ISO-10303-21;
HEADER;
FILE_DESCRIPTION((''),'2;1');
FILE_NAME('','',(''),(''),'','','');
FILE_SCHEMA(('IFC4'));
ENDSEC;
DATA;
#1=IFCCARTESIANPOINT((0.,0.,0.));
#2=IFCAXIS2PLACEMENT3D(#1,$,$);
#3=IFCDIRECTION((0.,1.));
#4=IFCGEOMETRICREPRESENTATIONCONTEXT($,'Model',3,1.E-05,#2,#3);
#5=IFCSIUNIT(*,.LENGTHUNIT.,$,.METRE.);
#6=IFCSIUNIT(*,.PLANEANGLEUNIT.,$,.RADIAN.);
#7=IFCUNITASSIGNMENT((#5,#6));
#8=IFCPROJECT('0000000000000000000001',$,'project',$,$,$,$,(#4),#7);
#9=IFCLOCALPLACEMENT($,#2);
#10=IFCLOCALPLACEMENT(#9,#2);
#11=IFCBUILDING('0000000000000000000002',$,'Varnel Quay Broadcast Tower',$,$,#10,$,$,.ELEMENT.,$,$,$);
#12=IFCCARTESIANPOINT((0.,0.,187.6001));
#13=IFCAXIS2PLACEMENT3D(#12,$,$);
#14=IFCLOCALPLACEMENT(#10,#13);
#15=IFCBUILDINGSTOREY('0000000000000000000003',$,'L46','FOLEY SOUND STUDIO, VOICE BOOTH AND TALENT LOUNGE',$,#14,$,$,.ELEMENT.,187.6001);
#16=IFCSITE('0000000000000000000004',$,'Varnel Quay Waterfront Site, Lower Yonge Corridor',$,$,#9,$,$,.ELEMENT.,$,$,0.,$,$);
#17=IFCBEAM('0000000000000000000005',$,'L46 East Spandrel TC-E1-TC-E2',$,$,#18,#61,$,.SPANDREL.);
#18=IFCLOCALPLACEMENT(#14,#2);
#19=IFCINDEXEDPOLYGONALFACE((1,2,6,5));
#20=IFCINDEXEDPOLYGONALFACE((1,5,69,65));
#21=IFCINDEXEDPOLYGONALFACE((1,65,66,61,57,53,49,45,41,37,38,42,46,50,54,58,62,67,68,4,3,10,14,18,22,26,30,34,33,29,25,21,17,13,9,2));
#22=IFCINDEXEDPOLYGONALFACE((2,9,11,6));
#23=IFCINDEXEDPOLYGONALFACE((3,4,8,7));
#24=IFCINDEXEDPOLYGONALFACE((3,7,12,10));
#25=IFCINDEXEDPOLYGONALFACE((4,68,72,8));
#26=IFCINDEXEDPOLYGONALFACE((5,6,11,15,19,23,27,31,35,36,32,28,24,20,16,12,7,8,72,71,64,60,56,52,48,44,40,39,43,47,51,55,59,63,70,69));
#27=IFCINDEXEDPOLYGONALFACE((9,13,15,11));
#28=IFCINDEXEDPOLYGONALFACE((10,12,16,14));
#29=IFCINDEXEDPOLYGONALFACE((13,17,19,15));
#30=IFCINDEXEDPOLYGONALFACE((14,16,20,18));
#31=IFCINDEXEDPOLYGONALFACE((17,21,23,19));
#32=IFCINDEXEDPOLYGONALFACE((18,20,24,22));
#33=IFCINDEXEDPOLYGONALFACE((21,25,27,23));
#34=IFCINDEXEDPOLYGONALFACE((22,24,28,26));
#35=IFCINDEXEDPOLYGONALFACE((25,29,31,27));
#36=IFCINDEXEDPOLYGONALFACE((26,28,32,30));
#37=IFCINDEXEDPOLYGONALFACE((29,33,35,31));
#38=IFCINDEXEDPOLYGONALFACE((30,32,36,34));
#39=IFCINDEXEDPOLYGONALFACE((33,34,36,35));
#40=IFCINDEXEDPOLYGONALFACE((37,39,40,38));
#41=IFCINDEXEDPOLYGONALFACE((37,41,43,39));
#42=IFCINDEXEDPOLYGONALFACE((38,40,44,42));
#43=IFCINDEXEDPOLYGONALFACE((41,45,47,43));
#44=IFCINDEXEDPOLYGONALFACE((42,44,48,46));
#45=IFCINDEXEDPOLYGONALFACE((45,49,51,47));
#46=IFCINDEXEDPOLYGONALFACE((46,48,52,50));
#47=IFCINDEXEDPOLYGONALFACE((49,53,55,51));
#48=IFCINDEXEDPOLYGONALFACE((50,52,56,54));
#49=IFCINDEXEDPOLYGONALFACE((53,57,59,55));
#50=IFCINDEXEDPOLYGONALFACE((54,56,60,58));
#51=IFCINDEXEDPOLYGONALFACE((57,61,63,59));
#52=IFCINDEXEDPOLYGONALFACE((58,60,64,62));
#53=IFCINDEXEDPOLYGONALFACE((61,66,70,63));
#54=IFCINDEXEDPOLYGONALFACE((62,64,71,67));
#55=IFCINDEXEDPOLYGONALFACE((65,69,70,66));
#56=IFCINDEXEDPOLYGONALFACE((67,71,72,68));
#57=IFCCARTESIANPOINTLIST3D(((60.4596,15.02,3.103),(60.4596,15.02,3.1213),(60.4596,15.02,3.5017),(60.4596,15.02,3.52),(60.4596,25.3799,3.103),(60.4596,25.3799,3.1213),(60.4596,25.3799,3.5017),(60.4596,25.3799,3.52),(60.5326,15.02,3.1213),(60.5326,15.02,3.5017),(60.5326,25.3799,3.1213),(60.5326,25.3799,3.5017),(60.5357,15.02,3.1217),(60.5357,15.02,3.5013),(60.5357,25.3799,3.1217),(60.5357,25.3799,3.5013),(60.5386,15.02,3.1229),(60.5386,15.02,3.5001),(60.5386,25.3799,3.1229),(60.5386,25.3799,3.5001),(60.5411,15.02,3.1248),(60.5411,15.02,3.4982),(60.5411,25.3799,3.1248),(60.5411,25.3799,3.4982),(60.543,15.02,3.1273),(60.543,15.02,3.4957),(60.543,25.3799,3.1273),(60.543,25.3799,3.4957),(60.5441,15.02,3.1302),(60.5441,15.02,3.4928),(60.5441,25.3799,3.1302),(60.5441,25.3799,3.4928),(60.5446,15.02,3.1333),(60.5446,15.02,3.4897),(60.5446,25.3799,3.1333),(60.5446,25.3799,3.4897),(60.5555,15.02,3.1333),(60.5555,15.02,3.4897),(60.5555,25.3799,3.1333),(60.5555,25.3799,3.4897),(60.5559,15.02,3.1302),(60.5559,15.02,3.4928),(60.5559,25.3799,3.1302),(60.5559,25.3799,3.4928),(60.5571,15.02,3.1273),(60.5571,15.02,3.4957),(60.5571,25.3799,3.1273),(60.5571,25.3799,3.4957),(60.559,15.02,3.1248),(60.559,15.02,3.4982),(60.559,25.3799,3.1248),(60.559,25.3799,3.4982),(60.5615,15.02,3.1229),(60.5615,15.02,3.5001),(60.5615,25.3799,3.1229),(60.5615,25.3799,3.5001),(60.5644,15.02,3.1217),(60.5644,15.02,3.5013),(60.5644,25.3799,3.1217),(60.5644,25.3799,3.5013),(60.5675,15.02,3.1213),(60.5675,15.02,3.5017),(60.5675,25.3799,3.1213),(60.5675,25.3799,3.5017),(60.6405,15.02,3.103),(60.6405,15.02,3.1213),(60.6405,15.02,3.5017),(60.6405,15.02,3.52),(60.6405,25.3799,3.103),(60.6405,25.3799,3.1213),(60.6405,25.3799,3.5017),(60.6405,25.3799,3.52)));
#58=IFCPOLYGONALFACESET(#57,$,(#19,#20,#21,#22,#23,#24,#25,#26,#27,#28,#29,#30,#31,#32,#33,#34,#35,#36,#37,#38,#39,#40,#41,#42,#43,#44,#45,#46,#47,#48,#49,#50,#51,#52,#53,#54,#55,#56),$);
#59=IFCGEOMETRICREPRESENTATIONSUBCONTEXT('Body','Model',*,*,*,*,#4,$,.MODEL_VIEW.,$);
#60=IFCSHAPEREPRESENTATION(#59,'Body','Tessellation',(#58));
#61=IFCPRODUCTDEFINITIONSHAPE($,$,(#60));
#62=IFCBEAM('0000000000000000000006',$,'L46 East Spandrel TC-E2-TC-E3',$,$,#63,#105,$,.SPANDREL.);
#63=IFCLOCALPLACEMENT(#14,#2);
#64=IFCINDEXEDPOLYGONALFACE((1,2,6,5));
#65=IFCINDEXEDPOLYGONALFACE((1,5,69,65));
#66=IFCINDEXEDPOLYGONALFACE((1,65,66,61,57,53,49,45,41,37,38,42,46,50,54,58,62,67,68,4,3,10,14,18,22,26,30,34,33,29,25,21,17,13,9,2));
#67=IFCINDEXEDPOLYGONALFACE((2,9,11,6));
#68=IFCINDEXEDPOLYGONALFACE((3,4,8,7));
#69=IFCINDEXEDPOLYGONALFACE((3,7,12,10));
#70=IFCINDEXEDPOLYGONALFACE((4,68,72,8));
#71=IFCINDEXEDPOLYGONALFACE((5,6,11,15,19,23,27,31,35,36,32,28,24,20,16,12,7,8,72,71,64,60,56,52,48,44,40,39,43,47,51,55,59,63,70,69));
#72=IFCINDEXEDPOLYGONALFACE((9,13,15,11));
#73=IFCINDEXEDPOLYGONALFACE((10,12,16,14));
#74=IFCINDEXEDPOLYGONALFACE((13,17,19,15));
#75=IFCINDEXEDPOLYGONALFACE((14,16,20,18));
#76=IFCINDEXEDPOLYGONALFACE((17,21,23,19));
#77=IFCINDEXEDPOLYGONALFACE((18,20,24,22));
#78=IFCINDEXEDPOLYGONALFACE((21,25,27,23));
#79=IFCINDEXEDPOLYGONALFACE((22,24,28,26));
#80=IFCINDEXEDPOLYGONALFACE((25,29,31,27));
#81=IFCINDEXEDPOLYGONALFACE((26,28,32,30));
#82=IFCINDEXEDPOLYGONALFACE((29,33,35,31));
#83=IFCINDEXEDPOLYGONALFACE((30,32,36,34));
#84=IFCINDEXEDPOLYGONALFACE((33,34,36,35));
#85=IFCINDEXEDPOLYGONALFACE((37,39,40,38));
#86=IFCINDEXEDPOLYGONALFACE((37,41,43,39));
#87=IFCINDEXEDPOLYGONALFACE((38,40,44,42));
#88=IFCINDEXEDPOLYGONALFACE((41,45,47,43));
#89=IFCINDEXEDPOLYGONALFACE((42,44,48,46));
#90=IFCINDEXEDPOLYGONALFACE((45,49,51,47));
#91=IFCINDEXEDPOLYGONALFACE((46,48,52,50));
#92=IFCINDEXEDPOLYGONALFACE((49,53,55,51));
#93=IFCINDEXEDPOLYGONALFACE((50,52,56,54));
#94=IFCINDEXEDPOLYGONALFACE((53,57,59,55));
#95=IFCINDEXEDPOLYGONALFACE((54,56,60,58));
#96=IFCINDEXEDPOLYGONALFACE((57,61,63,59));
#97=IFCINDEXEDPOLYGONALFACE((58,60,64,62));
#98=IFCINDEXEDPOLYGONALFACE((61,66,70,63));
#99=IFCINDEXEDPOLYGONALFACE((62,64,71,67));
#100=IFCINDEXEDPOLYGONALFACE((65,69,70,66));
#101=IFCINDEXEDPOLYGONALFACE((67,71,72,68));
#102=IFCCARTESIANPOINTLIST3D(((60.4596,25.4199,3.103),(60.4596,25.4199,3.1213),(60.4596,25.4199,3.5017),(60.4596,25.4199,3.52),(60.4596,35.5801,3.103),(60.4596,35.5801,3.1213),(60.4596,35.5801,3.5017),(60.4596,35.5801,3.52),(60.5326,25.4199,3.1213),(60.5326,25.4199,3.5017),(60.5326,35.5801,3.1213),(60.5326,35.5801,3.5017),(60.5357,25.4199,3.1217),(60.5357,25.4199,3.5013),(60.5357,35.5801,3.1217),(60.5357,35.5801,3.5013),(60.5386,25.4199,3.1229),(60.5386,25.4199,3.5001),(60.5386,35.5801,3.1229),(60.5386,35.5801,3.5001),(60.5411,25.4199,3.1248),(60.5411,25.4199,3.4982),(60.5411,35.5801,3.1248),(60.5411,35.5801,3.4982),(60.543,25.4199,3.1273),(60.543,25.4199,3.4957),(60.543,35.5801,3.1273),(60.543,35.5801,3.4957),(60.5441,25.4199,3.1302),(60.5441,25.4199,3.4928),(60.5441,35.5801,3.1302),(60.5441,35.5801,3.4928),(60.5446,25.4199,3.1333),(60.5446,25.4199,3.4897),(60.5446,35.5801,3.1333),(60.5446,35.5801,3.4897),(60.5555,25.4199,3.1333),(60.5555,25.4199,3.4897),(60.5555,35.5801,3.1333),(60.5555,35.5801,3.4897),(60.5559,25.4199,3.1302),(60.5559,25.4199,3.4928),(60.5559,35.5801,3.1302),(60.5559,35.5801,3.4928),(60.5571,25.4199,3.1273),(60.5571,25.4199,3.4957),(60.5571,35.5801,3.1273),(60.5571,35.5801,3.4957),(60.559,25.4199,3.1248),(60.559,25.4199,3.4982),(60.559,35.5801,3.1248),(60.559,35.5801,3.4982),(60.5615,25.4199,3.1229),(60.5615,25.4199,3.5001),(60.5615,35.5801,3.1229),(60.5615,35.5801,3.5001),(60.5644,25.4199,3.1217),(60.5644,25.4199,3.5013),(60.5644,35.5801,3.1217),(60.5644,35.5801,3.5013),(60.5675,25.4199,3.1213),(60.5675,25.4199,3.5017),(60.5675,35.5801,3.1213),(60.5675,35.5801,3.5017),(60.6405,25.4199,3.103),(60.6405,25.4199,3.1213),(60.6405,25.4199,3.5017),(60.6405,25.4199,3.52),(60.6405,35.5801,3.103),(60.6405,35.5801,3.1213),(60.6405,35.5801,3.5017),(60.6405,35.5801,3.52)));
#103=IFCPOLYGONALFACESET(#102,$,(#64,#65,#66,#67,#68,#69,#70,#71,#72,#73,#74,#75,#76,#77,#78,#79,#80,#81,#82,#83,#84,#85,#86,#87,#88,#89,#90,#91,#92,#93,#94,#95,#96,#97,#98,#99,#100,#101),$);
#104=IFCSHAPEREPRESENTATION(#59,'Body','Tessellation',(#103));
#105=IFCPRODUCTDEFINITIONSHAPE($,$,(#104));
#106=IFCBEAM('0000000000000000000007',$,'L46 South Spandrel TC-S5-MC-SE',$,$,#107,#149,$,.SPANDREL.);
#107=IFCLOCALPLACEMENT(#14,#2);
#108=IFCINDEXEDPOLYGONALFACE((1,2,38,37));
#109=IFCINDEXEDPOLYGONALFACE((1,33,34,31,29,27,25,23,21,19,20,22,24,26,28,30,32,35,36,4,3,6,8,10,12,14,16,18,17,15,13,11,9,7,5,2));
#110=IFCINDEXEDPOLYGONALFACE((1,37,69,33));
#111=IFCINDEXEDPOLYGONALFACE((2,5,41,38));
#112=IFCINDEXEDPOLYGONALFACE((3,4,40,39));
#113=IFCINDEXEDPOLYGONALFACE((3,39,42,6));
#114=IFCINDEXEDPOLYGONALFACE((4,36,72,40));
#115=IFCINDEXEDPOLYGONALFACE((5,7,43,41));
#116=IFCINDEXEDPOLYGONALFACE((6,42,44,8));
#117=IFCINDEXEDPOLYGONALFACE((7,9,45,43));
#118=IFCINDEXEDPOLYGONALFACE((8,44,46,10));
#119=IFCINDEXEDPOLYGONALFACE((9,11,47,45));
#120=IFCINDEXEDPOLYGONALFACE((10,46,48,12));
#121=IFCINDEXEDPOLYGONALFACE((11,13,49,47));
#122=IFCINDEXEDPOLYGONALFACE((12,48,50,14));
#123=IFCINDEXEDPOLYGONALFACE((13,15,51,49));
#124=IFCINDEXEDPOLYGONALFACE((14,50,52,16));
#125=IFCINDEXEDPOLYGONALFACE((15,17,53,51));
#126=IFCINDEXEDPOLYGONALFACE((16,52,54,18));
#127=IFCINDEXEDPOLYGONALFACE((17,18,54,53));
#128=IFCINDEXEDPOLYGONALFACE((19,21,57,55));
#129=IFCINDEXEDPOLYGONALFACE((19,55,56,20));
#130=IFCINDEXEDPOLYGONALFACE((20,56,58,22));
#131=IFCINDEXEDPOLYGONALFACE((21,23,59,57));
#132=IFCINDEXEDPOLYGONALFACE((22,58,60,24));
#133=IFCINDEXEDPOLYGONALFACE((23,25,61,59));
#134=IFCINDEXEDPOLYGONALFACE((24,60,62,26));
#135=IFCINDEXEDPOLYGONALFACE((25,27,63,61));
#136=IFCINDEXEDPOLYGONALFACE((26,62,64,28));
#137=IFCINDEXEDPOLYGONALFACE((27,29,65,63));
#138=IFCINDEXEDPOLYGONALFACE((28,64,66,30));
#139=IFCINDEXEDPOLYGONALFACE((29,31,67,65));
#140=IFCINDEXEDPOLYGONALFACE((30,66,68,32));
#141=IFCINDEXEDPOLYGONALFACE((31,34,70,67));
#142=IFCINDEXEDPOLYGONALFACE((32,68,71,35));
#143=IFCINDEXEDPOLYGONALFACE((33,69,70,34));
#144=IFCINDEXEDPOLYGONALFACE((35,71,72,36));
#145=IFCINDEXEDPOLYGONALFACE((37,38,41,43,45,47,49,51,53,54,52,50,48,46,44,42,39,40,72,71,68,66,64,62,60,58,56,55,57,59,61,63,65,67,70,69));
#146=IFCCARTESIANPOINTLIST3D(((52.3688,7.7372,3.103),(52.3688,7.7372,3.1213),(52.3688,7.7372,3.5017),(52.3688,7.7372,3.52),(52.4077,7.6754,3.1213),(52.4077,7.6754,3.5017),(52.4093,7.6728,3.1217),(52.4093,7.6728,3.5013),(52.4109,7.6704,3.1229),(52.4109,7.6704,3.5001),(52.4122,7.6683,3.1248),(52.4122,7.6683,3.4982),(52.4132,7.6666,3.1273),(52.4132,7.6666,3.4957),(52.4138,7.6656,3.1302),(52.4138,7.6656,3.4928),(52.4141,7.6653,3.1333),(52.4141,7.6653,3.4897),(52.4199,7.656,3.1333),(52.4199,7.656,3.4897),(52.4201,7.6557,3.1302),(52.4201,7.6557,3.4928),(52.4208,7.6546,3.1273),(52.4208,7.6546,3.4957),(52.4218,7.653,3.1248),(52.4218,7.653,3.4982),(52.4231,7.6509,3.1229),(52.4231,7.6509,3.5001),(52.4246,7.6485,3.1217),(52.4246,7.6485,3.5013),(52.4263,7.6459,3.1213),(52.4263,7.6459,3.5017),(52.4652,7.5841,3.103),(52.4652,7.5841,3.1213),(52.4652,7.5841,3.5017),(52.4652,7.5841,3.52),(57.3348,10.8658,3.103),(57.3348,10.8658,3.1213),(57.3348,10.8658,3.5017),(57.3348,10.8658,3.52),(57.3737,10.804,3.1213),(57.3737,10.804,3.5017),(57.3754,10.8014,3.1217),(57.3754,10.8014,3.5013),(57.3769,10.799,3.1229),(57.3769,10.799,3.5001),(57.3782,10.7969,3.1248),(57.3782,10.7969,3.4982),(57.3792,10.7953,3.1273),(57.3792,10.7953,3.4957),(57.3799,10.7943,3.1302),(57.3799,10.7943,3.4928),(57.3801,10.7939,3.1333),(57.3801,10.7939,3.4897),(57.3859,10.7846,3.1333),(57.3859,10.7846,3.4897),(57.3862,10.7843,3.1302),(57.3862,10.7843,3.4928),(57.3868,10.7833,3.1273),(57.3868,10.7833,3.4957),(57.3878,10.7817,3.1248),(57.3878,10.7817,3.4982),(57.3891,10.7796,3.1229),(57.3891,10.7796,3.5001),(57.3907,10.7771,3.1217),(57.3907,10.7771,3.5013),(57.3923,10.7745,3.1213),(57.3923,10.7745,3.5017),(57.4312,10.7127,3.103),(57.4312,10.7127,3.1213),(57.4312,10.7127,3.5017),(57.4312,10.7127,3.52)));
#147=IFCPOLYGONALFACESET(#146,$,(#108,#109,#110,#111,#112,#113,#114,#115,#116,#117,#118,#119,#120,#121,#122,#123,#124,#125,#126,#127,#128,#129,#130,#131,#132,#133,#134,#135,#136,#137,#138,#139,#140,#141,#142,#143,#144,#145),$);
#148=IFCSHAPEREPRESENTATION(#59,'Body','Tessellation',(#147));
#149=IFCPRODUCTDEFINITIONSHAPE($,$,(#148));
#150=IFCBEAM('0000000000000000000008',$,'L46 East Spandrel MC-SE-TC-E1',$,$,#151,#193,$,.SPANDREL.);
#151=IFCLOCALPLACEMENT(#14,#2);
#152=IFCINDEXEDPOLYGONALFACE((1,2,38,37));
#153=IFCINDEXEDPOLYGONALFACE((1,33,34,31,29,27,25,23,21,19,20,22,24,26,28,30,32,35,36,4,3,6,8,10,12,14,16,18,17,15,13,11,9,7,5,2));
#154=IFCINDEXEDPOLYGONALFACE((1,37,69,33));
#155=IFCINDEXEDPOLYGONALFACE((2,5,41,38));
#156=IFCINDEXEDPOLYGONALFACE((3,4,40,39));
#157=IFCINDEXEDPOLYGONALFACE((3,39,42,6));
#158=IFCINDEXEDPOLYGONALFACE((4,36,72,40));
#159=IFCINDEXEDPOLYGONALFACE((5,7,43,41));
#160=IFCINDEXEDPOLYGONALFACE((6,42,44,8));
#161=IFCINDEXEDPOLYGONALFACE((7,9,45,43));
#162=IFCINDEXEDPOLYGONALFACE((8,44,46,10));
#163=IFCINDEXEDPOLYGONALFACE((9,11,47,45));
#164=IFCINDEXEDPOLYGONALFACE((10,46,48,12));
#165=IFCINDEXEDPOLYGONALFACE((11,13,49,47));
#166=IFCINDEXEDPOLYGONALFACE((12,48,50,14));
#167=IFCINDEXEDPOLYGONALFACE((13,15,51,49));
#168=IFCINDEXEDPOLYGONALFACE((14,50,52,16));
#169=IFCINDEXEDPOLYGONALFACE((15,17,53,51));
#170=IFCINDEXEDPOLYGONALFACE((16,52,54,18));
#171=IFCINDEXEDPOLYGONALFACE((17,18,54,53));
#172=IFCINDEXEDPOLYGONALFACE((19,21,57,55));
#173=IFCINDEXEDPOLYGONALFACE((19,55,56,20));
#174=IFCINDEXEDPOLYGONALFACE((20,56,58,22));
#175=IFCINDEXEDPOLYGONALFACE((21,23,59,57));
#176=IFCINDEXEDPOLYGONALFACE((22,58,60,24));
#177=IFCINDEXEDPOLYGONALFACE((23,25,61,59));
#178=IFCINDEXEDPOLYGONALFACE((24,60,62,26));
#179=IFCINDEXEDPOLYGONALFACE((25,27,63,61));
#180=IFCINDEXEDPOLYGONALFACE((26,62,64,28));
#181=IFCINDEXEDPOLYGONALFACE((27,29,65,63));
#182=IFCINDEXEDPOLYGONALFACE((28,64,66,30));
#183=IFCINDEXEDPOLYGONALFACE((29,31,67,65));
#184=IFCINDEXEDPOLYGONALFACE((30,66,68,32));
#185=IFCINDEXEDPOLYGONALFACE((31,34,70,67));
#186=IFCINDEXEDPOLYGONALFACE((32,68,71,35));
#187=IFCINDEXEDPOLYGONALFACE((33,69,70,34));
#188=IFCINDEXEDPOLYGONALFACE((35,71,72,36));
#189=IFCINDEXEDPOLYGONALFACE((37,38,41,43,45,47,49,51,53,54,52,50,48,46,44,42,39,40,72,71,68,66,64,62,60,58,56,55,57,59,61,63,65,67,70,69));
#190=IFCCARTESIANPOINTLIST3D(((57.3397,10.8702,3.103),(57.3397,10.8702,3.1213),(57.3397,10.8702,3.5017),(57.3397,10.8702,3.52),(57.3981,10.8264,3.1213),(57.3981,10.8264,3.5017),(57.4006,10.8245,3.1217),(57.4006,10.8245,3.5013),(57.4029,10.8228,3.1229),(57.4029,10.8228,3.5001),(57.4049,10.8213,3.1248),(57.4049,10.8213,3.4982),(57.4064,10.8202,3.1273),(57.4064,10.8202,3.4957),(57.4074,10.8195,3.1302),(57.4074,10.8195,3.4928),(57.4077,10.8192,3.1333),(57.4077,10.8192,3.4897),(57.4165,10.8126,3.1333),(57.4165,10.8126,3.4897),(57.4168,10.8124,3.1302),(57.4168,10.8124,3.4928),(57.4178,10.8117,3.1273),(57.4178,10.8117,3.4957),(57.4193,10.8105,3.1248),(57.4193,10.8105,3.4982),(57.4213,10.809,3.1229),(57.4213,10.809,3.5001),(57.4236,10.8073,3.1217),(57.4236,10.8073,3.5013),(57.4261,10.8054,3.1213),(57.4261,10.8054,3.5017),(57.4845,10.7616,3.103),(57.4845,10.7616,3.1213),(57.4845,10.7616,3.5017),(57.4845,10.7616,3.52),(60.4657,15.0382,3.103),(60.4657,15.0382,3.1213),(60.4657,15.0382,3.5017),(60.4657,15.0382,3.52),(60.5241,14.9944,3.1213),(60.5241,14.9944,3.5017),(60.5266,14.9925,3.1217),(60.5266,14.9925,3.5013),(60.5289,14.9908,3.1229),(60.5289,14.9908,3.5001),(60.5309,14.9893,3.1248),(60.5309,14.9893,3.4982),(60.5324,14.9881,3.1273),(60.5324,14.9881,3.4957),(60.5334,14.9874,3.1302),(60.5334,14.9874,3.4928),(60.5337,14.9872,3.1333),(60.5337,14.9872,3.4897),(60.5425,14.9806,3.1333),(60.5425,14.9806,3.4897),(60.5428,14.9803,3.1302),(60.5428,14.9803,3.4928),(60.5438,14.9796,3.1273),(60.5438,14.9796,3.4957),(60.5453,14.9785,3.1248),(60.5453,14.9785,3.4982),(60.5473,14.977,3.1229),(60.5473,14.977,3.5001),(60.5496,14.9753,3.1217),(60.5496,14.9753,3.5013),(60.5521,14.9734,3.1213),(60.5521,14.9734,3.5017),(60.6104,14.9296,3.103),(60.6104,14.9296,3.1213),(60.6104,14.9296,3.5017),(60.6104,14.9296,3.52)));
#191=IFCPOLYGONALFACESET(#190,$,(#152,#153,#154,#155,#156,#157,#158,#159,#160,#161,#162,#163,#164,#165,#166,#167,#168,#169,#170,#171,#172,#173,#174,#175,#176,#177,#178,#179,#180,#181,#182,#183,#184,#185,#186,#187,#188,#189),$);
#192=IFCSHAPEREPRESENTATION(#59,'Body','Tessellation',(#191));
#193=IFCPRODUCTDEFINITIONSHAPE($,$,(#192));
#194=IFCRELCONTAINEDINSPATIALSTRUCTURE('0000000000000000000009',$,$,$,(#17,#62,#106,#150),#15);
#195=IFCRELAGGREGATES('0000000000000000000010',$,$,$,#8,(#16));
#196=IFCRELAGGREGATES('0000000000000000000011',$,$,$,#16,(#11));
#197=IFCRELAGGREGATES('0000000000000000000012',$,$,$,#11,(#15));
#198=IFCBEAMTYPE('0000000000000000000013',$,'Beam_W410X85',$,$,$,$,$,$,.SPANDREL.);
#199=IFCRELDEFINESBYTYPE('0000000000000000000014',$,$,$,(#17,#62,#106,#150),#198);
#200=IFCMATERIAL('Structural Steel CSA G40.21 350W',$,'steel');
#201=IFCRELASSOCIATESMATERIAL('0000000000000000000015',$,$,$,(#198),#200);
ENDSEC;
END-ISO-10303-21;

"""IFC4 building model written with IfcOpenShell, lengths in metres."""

from ifc_helpers import new_model, si_unit, direction, frame, origin, origin_2d, place, context, subcontext, project, spatial, i_section, extrude, source, transform, mapped, material, material_profile, profile_set, type_object, type_shapes, element, save


model = new_model("IFC4")

# Units and contexts
model_context = context("Model", 3, precision=1e-05, world=origin(), true_north=direction((0.0, 1.0)))
body_context = subcontext(model_context, "Body", "Model", "MODEL_VIEW")
ifc_project = project(units=[si_unit("LENGTHUNIT", "METRE"), si_unit("PLANEANGLEUNIT", "RADIAN")], contexts=[model_context])

# Site, building, storey
site_placement = place(None, origin())
site = spatial("IfcSite", under=ifc_project, at=site_placement, Name="Varnel Quay Waterfront Site, Lower Yonge Corridor", CompositionType="ELEMENT", RefElevation=0.0)
building_placement = place(site_placement, origin())
building = spatial("IfcBuilding", under=site, at=building_placement, Name="Varnel Quay Broadcast Tower", CompositionType="ELEMENT")
storey_placement = place(building_placement, frame((0.0, 0.0, 187.6001)))
storey = spatial("IfcBuildingStorey", under=building, at=storey_placement, Name="L46", Description="FOLEY SOUND STUDIO, VOICE BOOTH AND TALENT LOUNGE", CompositionType="ELEMENT", Elevation=187.6001)

# Shared definitions
ifc_material_1 = material(Name="Structural Steel CSA G40.21 350W", Category="steel")

# Beams
ifc_material_profile_1 = material_profile(ifc_material_1, i_section(OverallWidth=0.1809, OverallDepth=0.417, WebThickness=0.011, FlangeThickness=0.0183, FilletRadius=0.012, at=origin_2d()), Name="W410X85")
ifc_profile_set_1 = profile_set([ifc_material_profile_1], Name="Structural Steel CSA G40.21 350W")
beam_type = type_object("IfcBeamType", Name="Beam_W410X85", PredefinedType="SPANDREL", material=ifc_profile_set_1)
shared_shape_1 = source(origin(), body_context, "Body", "SweptSolid", [
    extrude(i_section(OverallWidth=0.1809, OverallDepth=0.417, WebThickness=0.011, FlangeThickness=0.0183, FilletRadius=0.012, at=origin_2d()), origin(), (0.0, 0.0, 1.0), 10.3599),
])
beam_1_placement = place(storey_placement, frame((60.55, 15.02, 3.3115), z_axis=(0.0, 1.0, 0.0), x_axis=(-1.0, 0.0, 0.0)))
element("IfcBeam", 1, at=beam_1_placement, inside=storey, type_object=beam_type, Name="L46 East Spandrel TC-E1-TC-E2", PredefinedType="SPANDREL", context=body_context, shape_type="MappedRepresentation", body=[
    mapped(shared_shape_1, transform((0.0, 0.0, 0.0), x_axis=(1.0, 0.0, 0.0), y_axis=(0.0, 1.0, 0.0), z_axis=(0.0, 0.0, 1.0), scale=1.0)),
])
shared_shape_2 = source(origin(), body_context, "Body", "SweptSolid", [
    extrude(i_section(OverallWidth=0.1809, OverallDepth=0.417, WebThickness=0.011, FlangeThickness=0.0183, FilletRadius=0.012, at=origin_2d()), origin(), (0.0, 0.0, 1.0), 10.1602),
])
beam_2_placement = place(storey_placement, frame((60.55, 25.4199, 3.3115), z_axis=(0.0, 1.0, 0.0), x_axis=(-1.0, 0.0, 0.0)))
element("IfcBeam", 2, at=beam_2_placement, inside=storey, type_object=beam_type, Name="L46 East Spandrel TC-E2-TC-E3", PredefinedType="SPANDREL", context=body_context, shape_type="MappedRepresentation", body=[
    mapped(shared_shape_2, transform((0.0, 0.0, 0.0), x_axis=(1.0, 0.0, 0.0), y_axis=(0.0, 1.0, 0.0), z_axis=(0.0, 0.0, 1.0), scale=1.0)),
])
shared_shape_3 = source(origin(), body_context, "Body", "SweptSolid", [
    extrude(i_section(OverallWidth=0.1809, OverallDepth=0.417, WebThickness=0.011, FlangeThickness=0.0183, FilletRadius=0.012, at=origin_2d()), origin(), (0.0, 0.0, 1.0), 5.8694),
])
beam_3_placement = place(storey_placement, frame((52.417, 7.6606, 3.3115), z_axis=(0.846088, 0.533043, 0.0), x_axis=(-0.533043, 0.846088, 0.0)))
element("IfcBeam", 3, at=beam_3_placement, inside=storey, type_object=beam_type, Name="L46 South Spandrel TC-S5-MC-SE", PredefinedType="SPANDREL", context=body_context, shape_type="MappedRepresentation", body=[
    mapped(shared_shape_3, transform((0.0, 0.0, 0.0), x_axis=(1.0, 0.0, 0.0), y_axis=(0.0, 1.0, 0.0), z_axis=(0.0, 0.0, 1.0), scale=1.0)),
])
shared_shape_4 = source(origin(), body_context, "Body", "SweptSolid", [
    extrude(i_section(OverallWidth=0.1809, OverallDepth=0.417, WebThickness=0.011, FlangeThickness=0.0183, FilletRadius=0.012, at=origin_2d()), origin(), (0.0, 0.0, 1.0), 5.21),
])
type_shapes(beam_type, [shared_shape_1, shared_shape_2, shared_shape_3, shared_shape_4])
beam_4_placement = place(storey_placement, frame((57.4121, 10.8159, 3.3115), z_axis=(0.6, 0.8, 0.0), x_axis=(-0.8, 0.6, 0.0)))
element("IfcBeam", 4, at=beam_4_placement, inside=storey, type_object=beam_type, Name="L46 East Spandrel MC-SE-TC-E1", PredefinedType="SPANDREL", context=body_context, shape_type="MappedRepresentation", body=[
    mapped(shared_shape_4, transform((0.0, 0.0, 0.0), x_axis=(1.0, 0.0, 0.0), y_axis=(0.0, 1.0, 0.0), z_axis=(0.0, 0.0, 1.0), scale=1.0)),
])

save(model, "model.ifc")
